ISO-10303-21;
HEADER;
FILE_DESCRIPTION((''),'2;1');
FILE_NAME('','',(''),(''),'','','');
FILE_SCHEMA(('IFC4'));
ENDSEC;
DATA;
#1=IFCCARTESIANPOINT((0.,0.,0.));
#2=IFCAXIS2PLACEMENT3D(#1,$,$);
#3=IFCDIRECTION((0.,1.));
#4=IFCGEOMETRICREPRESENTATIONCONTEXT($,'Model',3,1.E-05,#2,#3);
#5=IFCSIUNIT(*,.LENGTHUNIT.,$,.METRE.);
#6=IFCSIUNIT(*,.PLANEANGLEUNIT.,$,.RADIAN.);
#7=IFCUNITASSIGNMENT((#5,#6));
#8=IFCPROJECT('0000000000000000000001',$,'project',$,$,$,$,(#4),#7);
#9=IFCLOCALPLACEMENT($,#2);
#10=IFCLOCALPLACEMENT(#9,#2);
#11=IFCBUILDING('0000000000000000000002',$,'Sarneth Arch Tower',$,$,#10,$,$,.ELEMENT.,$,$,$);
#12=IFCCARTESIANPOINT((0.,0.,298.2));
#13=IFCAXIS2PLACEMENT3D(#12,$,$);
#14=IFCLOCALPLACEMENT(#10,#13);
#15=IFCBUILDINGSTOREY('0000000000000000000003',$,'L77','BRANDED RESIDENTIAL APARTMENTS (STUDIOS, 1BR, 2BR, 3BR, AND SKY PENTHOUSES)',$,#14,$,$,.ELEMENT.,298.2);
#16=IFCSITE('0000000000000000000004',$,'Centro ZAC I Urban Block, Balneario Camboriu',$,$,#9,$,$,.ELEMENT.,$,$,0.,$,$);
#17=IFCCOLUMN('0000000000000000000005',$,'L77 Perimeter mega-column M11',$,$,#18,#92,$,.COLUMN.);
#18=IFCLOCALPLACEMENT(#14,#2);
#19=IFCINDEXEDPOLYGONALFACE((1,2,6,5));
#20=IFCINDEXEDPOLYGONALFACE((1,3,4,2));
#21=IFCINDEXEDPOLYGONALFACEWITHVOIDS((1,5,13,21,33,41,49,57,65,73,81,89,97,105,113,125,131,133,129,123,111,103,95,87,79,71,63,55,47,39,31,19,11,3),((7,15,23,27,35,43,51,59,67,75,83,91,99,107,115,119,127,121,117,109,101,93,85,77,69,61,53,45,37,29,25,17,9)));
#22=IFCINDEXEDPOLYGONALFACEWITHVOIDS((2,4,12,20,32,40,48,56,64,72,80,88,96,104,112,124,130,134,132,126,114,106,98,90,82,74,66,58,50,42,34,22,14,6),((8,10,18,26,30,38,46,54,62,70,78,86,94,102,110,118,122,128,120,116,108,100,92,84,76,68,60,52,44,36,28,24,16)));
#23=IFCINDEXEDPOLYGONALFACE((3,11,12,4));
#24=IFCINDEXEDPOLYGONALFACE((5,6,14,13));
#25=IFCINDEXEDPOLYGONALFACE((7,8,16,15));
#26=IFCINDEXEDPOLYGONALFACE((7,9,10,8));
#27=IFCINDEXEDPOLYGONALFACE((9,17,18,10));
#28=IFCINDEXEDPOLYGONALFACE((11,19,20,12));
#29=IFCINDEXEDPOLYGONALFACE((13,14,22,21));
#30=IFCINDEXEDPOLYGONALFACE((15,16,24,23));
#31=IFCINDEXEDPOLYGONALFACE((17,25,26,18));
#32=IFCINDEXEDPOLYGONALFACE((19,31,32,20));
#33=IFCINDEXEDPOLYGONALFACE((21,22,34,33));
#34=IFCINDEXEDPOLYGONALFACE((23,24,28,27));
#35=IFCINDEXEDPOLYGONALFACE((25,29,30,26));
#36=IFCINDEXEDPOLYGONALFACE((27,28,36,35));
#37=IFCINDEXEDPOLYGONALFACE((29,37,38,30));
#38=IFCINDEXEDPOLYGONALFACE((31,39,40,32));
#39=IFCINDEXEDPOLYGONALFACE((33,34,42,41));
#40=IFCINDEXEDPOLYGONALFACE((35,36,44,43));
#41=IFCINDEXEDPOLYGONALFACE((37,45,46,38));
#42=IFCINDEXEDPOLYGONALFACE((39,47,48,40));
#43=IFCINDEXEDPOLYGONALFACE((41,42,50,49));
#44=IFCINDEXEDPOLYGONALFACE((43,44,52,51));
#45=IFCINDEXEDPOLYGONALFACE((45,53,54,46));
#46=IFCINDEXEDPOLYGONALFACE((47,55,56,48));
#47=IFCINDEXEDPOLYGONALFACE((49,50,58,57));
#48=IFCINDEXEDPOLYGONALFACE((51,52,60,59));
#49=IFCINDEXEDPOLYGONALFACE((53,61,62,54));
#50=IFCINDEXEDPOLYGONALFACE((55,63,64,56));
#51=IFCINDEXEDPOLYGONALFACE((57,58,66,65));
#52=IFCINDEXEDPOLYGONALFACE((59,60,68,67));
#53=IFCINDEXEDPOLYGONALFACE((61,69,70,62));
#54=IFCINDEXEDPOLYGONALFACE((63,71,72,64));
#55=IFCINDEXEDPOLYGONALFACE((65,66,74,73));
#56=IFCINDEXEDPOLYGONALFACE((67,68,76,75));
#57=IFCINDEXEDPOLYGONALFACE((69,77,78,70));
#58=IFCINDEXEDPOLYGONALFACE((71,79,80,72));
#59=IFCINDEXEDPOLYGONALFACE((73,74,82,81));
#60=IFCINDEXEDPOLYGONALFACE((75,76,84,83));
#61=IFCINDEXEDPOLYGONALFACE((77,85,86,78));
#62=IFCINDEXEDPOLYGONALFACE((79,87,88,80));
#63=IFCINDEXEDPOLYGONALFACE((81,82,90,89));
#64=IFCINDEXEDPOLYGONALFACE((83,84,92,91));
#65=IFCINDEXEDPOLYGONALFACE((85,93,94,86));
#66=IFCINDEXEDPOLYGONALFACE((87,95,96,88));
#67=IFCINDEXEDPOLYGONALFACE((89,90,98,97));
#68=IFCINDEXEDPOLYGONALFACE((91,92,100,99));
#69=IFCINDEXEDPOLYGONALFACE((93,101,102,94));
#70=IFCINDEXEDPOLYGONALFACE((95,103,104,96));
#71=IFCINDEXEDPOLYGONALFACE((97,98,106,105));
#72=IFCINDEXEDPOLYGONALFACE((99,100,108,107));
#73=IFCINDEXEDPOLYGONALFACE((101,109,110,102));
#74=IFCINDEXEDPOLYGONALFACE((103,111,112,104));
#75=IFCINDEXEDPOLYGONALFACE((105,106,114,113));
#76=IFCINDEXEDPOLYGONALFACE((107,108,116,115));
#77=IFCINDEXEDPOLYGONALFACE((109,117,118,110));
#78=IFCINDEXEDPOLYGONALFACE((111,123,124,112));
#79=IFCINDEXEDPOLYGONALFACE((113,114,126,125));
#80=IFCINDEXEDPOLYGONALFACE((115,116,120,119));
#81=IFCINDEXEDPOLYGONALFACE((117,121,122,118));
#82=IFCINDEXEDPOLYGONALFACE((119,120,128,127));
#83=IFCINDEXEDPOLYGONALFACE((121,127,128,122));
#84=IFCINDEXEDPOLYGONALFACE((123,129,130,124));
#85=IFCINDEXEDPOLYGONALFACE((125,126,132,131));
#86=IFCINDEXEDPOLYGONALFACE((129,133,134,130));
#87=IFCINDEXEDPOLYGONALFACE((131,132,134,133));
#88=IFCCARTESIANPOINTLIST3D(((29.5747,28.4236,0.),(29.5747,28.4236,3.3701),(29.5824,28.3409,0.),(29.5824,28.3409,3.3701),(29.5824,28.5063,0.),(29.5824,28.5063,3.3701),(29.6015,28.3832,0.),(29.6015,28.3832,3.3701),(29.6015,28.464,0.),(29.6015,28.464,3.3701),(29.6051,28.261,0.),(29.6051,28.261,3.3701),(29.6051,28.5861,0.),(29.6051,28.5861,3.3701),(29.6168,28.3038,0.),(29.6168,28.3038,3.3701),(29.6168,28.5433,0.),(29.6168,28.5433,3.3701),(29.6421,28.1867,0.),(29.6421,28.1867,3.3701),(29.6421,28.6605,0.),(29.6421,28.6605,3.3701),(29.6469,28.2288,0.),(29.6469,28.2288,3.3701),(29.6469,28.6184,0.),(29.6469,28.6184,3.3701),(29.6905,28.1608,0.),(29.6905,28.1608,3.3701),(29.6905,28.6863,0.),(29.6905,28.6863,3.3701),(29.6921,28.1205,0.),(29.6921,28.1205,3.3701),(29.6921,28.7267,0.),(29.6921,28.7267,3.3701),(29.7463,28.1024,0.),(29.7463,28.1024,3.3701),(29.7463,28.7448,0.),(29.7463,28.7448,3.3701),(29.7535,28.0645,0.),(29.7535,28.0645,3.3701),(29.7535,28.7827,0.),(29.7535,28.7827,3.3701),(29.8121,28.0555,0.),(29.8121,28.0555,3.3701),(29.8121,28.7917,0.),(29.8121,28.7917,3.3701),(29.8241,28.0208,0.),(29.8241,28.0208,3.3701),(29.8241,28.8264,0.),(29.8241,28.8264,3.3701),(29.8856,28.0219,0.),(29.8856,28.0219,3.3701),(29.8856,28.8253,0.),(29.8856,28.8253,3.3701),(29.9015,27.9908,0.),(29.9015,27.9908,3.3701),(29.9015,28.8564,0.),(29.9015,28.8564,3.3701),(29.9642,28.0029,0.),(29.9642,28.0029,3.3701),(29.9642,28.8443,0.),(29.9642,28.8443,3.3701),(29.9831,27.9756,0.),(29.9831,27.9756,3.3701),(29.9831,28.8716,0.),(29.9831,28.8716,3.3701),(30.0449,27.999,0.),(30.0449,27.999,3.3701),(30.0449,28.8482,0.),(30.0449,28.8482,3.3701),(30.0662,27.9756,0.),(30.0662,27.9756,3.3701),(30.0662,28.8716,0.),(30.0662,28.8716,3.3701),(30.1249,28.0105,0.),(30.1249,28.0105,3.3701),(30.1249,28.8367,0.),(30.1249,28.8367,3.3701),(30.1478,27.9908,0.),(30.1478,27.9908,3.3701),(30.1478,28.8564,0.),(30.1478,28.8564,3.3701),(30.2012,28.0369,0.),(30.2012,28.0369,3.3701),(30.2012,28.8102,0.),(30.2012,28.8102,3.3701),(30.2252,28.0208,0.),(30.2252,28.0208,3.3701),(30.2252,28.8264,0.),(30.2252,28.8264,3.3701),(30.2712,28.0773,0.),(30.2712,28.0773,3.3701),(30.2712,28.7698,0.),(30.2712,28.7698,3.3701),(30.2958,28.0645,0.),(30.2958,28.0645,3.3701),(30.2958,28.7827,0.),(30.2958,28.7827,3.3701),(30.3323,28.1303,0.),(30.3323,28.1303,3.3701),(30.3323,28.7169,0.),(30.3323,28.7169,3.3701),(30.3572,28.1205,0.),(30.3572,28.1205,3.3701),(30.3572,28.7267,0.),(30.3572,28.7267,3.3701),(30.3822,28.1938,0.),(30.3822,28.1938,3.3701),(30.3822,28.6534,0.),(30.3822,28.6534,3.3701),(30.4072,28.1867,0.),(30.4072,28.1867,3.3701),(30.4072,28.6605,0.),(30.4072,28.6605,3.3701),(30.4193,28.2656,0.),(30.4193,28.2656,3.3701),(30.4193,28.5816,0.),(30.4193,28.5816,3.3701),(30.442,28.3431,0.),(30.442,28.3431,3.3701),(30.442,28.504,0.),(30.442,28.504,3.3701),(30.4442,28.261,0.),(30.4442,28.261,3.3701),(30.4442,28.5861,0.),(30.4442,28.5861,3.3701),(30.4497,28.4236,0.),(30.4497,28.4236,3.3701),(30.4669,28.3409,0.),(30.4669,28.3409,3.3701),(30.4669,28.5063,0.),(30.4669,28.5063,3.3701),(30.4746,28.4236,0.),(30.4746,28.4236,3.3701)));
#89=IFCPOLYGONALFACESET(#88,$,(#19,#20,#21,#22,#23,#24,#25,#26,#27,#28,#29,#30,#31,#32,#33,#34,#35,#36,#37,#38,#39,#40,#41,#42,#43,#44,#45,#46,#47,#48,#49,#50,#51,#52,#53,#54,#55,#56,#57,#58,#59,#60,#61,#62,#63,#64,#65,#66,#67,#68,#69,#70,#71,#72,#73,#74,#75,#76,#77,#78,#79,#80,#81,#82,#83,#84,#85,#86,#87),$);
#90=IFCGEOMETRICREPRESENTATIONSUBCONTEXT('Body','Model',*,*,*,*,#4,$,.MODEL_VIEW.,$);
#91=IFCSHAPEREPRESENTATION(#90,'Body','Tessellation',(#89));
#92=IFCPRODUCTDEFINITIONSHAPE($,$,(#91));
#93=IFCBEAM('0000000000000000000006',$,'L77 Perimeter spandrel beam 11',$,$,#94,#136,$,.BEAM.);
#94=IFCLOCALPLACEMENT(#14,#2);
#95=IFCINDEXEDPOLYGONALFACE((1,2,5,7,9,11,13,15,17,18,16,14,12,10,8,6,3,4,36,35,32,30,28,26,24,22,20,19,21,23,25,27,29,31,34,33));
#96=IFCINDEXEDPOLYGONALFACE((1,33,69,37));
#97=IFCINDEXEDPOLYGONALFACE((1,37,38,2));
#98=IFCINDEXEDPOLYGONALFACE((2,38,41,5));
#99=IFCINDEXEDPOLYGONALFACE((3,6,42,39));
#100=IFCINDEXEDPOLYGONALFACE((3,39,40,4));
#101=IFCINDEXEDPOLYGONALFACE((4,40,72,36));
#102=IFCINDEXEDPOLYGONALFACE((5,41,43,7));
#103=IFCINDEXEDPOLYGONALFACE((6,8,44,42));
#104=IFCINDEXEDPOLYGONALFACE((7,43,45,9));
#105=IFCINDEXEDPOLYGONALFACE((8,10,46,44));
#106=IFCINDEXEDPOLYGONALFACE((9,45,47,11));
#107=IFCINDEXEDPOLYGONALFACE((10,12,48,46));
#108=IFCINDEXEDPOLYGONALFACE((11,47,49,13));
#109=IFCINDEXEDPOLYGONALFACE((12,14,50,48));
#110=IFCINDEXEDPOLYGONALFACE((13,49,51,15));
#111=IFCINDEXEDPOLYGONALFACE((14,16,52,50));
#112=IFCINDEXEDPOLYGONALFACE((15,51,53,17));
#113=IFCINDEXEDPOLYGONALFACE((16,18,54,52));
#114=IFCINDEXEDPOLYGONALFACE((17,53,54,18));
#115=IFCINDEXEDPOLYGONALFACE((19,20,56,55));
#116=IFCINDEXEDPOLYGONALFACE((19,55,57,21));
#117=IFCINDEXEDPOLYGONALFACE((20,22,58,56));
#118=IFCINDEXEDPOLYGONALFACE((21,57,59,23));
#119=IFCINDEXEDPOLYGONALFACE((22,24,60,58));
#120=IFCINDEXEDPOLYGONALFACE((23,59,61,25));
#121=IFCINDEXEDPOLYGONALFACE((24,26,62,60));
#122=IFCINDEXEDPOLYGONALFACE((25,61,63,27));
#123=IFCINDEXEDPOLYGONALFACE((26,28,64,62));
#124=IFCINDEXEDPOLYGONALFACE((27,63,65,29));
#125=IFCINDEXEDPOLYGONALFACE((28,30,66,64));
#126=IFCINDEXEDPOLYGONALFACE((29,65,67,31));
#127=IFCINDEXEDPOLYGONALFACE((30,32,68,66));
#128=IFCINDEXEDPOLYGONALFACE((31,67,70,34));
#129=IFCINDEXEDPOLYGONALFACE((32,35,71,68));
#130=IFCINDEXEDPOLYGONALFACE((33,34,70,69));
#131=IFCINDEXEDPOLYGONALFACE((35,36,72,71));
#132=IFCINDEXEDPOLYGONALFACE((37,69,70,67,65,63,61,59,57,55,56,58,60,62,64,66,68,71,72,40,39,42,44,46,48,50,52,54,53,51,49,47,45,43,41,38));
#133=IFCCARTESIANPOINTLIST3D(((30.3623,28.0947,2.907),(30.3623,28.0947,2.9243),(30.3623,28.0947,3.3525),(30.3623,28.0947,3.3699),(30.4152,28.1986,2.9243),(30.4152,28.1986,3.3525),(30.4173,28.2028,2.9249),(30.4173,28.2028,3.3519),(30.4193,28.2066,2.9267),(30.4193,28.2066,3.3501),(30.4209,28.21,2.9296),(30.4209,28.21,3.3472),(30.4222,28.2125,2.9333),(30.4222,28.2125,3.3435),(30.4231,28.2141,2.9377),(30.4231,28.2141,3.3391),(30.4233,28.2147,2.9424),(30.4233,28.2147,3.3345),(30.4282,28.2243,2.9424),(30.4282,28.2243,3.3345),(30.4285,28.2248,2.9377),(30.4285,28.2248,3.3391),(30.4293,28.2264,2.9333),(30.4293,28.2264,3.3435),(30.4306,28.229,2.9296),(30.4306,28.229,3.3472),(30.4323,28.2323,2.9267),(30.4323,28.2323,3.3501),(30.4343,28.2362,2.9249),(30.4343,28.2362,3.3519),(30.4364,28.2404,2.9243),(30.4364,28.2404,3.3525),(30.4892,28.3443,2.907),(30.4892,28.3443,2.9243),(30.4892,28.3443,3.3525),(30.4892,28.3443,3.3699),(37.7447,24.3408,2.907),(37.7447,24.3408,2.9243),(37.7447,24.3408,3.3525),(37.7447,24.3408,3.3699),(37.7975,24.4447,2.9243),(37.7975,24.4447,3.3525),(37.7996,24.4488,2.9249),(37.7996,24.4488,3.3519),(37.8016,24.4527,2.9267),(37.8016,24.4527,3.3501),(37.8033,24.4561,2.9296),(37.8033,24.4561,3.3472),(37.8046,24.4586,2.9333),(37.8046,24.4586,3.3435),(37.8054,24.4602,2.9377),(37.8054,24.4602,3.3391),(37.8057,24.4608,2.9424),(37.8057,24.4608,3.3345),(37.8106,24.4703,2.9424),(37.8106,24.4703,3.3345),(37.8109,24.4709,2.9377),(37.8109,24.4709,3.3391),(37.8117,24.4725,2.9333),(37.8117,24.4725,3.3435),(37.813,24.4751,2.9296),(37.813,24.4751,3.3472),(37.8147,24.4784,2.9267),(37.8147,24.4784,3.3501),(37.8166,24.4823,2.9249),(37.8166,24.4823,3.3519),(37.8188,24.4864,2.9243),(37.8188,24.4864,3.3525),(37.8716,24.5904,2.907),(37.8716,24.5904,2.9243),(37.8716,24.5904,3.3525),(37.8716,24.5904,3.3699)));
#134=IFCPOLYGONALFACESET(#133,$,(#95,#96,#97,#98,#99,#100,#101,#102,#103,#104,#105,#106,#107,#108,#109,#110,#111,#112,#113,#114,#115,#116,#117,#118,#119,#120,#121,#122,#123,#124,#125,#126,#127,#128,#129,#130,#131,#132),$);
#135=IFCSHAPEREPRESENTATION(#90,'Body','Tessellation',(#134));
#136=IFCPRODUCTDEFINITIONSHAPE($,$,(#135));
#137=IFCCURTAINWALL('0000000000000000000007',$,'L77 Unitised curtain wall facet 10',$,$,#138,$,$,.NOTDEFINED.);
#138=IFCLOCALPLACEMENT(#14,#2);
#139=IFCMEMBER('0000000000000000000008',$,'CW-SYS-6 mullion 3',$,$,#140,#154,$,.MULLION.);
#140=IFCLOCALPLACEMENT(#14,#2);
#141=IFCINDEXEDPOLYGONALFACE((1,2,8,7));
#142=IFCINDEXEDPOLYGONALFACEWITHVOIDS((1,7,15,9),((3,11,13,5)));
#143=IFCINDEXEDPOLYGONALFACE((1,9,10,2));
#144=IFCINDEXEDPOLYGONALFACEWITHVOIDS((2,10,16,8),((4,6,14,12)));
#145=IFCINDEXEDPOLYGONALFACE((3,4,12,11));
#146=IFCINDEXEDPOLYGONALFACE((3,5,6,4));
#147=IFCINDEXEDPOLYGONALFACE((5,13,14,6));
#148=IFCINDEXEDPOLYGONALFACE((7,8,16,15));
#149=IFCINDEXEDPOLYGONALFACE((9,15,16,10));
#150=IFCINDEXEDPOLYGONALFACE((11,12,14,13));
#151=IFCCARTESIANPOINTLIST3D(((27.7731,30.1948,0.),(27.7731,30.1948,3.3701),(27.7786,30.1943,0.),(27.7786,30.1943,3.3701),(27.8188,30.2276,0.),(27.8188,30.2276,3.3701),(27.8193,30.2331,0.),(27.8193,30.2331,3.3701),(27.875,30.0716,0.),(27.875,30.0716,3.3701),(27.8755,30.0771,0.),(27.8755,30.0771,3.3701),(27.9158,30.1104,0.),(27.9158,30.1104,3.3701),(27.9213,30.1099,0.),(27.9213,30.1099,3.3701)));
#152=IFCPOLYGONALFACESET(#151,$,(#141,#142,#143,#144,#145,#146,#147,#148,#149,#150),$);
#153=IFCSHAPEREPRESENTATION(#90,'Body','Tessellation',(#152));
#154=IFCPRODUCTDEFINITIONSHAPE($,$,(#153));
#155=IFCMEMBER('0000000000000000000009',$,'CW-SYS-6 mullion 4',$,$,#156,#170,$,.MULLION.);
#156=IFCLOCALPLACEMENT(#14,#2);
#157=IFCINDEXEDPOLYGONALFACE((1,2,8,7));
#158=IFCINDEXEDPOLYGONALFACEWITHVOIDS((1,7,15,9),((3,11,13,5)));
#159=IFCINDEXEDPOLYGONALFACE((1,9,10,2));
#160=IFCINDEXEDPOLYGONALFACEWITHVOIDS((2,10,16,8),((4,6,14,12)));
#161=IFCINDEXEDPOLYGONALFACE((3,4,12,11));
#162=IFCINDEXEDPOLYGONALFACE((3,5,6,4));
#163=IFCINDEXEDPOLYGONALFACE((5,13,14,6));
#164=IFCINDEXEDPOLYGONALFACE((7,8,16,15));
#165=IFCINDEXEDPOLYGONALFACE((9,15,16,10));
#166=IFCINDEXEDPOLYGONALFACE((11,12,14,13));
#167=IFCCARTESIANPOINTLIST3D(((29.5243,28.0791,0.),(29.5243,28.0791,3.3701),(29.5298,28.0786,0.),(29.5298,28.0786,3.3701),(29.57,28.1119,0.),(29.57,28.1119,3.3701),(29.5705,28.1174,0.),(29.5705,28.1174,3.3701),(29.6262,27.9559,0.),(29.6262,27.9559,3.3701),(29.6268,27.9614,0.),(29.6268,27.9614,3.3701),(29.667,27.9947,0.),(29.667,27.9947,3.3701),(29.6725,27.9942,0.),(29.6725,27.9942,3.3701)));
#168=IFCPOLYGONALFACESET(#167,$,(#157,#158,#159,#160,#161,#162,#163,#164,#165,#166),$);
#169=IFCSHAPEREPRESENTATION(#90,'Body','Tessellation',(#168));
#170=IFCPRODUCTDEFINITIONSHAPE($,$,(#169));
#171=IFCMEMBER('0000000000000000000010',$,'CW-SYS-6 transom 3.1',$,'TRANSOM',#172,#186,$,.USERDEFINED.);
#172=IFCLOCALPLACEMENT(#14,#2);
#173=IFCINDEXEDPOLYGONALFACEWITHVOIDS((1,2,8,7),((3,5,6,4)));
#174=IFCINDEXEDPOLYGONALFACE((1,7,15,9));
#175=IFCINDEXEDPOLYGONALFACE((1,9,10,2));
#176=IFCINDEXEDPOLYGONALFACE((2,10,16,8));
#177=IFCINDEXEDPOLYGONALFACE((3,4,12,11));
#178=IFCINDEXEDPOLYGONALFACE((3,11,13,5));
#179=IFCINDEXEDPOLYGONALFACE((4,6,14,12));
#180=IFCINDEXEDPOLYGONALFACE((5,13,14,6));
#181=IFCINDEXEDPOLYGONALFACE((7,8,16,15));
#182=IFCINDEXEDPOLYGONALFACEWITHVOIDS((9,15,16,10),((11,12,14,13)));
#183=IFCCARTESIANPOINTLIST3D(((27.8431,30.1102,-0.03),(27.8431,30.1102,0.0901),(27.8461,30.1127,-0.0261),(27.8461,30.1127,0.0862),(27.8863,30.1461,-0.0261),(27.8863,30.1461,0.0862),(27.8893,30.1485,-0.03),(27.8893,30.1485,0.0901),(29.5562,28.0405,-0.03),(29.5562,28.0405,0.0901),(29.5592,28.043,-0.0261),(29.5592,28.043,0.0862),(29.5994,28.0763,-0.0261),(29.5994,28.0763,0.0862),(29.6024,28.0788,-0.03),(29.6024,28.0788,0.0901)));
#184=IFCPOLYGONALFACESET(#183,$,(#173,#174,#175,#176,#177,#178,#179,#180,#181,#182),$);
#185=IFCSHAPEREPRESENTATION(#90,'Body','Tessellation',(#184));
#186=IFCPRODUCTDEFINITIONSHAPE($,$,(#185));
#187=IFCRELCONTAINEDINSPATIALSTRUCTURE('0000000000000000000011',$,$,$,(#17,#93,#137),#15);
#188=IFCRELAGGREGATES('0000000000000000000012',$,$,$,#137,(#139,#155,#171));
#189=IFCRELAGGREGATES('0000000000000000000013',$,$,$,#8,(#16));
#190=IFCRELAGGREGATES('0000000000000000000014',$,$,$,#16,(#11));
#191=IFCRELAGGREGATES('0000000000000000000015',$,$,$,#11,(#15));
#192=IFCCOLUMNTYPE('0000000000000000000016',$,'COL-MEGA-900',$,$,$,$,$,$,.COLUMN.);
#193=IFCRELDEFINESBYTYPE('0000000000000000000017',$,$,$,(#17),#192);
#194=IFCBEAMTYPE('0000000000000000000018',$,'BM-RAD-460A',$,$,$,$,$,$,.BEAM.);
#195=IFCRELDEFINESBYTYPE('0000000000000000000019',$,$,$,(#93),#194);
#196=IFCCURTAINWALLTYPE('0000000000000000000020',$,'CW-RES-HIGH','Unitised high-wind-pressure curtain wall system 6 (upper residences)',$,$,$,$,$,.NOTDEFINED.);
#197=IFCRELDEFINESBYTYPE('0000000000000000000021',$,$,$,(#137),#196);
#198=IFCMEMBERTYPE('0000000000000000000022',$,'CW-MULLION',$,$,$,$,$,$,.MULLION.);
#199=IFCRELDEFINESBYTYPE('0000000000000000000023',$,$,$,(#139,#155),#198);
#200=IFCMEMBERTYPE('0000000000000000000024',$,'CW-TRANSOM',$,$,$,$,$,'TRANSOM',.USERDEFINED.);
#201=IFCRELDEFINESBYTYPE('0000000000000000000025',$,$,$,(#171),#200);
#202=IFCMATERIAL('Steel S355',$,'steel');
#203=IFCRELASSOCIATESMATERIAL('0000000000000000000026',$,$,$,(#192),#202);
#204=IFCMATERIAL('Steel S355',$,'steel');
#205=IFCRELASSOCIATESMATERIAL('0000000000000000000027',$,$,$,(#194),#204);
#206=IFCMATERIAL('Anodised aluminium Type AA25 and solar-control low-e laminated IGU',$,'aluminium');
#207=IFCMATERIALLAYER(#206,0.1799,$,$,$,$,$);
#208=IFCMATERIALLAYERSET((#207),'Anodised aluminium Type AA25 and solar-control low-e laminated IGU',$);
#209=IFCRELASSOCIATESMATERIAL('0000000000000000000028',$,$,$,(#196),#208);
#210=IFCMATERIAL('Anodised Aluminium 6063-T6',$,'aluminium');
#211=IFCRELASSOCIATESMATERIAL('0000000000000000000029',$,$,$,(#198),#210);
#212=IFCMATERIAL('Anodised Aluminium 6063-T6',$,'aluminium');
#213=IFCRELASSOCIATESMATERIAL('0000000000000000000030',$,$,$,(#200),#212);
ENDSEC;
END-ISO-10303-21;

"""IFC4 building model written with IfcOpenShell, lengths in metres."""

from ifc_helpers import new_model, si_unit, direction, frame, origin, origin_2d, place, context, subcontext, project, spatial, hollow_rectangle, hollow_circle, i_section, extrude, material, layer, layer_set, material_profile, profile_set, type_object, element, aggregate, save


model = new_model("IFC4")

# Units and contexts
model_context = context("Model", 3, precision=1e-05, world=origin(), true_north=direction((0.0, 1.0)))
body_context = subcontext(model_context, "Body", "Model", "MODEL_VIEW")
ifc_project = project(units=[si_unit("LENGTHUNIT", "METRE"), si_unit("PLANEANGLEUNIT", "RADIAN")], contexts=[model_context])

# Site, building, storey
site_placement = place(None, origin())
site = spatial("IfcSite", under=ifc_project, at=site_placement, Name="Centro ZAC I Urban Block, Balneario Camboriu", CompositionType="ELEMENT", RefElevation=0.0)
building_placement = place(site_placement, origin())
building = spatial("IfcBuilding", under=site, at=building_placement, Name="Sarneth Arch Tower", CompositionType="ELEMENT")
storey_placement = place(building_placement, frame((0.0, 0.0, 298.2)))
storey = spatial("IfcBuildingStorey", under=building, at=storey_placement, Name="L77", Description="BRANDED RESIDENTIAL APARTMENTS (STUDIOS, 1BR, 2BR, 3BR, AND SKY PENTHOUSES)", CompositionType="ELEMENT", Elevation=298.2)

# Column
ifc_material_1 = material(Name="Steel S355", Category="steel")
ifc_material_profile_1 = material_profile(ifc_material_1, hollow_circle(Radius=0.45, WallThickness=0.0249, at=origin_2d()), Name="CHS900x25")
ifc_profile_set_1 = profile_set([ifc_material_profile_1], Name="Steel S355")
column_type = type_object("IfcColumnType", Name="COL-MEGA-900", PredefinedType="COLUMN", material=ifc_profile_set_1)
column_placement = place(storey_placement, frame((30.0247, 28.4236, 0.0), z_axis=(0.0, 0.0, 1.0), x_axis=(1.0, 0.0, 0.0)))
element("IfcColumn", 1, at=column_placement, inside=storey, type_object=column_type, Name="L77 Perimeter mega-column M11", PredefinedType="COLUMN", context=body_context, shape_type="SweptSolid", body=[
    extrude(hollow_circle(Radius=0.45, WallThickness=0.0249, at=origin_2d()), origin(), (0.0, 0.0, 1.0), 3.3701),
])

# Beam
ifc_material_2 = material(Name="Steel S355", Category="steel")
ifc_material_profile_2 = material_profile(ifc_material_2, i_section(OverallWidth=0.28, OverallDepth=0.4629, WebThickness=0.0107, FlangeThickness=0.0173, FilletRadius=0.0181, at=origin_2d()), Name="W460x113")
ifc_profile_set_2 = profile_set([ifc_material_profile_2], Name="Steel S355")
beam_type = type_object("IfcBeamType", Name="BM-RAD-460A", PredefinedType="BEAM", material=ifc_profile_set_2)
beam_placement = place(storey_placement, frame((30.4258, 28.2195, 3.1384), z_axis=(0.891376, -0.453264, 0.0), x_axis=(0.453264, 0.891376, 0.0)))
element("IfcBeam", 2, at=beam_placement, inside=storey, type_object=beam_type, Name="L77 Perimeter spandrel beam 11", PredefinedType="BEAM", context=body_context, shape_type="SweptSolid", body=[
    extrude(i_section(OverallWidth=0.28, OverallDepth=0.4629, WebThickness=0.0107, FlangeThickness=0.0173, FilletRadius=0.0181, at=origin_2d()), origin(), (0.0, 0.0, 1.0), 8.282),
])

# Curtain wall, members
ifc_material_3 = material(Name="Anodised aluminium Type AA25 and solar-control low-e laminated IGU", Category="aluminium")
ifc_layer_1 = layer(ifc_material_3, 0.1799)
ifc_layer_set_1 = layer_set([ifc_layer_1], Name="Anodised aluminium Type AA25 and solar-control low-e laminated IGU")
curtain_wall_type = type_object("IfcCurtainWallType", Name="CW-RES-HIGH", Description="Unitised high-wind-pressure curtain wall system 6 (upper residences)", PredefinedType="NOTDEFINED", material=ifc_layer_set_1)
curtain_wall_placement = place(storey_placement, origin())
curtain_wall = element("IfcCurtainWall", 3, at=curtain_wall_placement, inside=storey, type_object=curtain_wall_type, Name="L77 Unitised curtain wall facet 10", PredefinedType="NOTDEFINED")
ifc_material_4 = material(Name="Anodised Aluminium 6063-T6", Category="aluminium")
ifc_material_profile_3 = material_profile(ifc_material_4, hollow_rectangle(XDim=0.0601, YDim=0.1599, WallThickness=0.0039, at=origin_2d()), Name="AL-MULL-160x60x4")
ifc_profile_set_3 = profile_set([ifc_material_profile_3], Name="Anodised Aluminium 6063-T6")
member_type_1 = type_object("IfcMemberType", Name="CW-MULLION", PredefinedType="MULLION", material=ifc_profile_set_3)
member_1_placement = place(storey_placement, frame((27.8472, 30.1523, 0.0), z_axis=(0.0, 0.0, 1.0), x_axis=(0.770359, 0.63761, 0.0)))
member_1 = element("IfcMember", 4, at=member_1_placement, type_object=member_type_1, Name="CW-SYS-6 mullion 3", PredefinedType="MULLION", context=body_context, shape_type="SweptSolid", body=[
    extrude(hollow_rectangle(XDim=0.0601, YDim=0.1599, WallThickness=0.0039, at=origin_2d()), origin(), (0.0, 0.0, 1.0), 3.3701),
])
member_2_placement = place(storey_placement, frame((29.5984, 28.0366, 0.0), z_axis=(0.0, 0.0, 1.0), x_axis=(0.770359, 0.63761, 0.0)))
member_2 = element("IfcMember", 5, at=member_2_placement, type_object=member_type_1, Name="CW-SYS-6 mullion 4", PredefinedType="MULLION", context=body_context, shape_type="SweptSolid", body=[
    extrude(hollow_rectangle(XDim=0.0601, YDim=0.1599, WallThickness=0.0039, at=origin_2d()), origin(), (0.0, 0.0, 1.0), 3.3701),
])
ifc_material_5 = material(Name="Anodised Aluminium 6063-T6", Category="aluminium")
ifc_material_profile_4 = material_profile(ifc_material_5, hollow_rectangle(XDim=0.0601, YDim=0.1201, WallThickness=0.0039, at=origin_2d()), Name="AL-TRAN-120x60x4")
ifc_profile_set_4 = profile_set([ifc_material_profile_4], Name="Anodised Aluminium 6063-T6")
member_type_2 = type_object("IfcMemberType", Name="CW-TRANSOM", ElementType="TRANSOM", PredefinedType="USERDEFINED", material=ifc_profile_set_4)
member_3_placement = place(storey_placement, frame((27.8662, 30.1294, 0.03), z_axis=(0.637607, -0.770362, 0.0), x_axis=(0.770362, 0.637607, 0.0)))
member_3 = element("IfcMember", 6, at=member_3_placement, type_object=member_type_2, Name="CW-SYS-6 transom 3.1", ObjectType="TRANSOM", PredefinedType="USERDEFINED", context=body_context, shape_type="SweptSolid", body=[
    extrude(hollow_rectangle(XDim=0.0601, YDim=0.1201, WallThickness=0.0039, at=origin_2d()), origin(), (0.0, 0.0, 1.0), 2.6868),
])

aggregate(curtain_wall, [member_1, member_2, member_3])

save(model, "model.ifc")
